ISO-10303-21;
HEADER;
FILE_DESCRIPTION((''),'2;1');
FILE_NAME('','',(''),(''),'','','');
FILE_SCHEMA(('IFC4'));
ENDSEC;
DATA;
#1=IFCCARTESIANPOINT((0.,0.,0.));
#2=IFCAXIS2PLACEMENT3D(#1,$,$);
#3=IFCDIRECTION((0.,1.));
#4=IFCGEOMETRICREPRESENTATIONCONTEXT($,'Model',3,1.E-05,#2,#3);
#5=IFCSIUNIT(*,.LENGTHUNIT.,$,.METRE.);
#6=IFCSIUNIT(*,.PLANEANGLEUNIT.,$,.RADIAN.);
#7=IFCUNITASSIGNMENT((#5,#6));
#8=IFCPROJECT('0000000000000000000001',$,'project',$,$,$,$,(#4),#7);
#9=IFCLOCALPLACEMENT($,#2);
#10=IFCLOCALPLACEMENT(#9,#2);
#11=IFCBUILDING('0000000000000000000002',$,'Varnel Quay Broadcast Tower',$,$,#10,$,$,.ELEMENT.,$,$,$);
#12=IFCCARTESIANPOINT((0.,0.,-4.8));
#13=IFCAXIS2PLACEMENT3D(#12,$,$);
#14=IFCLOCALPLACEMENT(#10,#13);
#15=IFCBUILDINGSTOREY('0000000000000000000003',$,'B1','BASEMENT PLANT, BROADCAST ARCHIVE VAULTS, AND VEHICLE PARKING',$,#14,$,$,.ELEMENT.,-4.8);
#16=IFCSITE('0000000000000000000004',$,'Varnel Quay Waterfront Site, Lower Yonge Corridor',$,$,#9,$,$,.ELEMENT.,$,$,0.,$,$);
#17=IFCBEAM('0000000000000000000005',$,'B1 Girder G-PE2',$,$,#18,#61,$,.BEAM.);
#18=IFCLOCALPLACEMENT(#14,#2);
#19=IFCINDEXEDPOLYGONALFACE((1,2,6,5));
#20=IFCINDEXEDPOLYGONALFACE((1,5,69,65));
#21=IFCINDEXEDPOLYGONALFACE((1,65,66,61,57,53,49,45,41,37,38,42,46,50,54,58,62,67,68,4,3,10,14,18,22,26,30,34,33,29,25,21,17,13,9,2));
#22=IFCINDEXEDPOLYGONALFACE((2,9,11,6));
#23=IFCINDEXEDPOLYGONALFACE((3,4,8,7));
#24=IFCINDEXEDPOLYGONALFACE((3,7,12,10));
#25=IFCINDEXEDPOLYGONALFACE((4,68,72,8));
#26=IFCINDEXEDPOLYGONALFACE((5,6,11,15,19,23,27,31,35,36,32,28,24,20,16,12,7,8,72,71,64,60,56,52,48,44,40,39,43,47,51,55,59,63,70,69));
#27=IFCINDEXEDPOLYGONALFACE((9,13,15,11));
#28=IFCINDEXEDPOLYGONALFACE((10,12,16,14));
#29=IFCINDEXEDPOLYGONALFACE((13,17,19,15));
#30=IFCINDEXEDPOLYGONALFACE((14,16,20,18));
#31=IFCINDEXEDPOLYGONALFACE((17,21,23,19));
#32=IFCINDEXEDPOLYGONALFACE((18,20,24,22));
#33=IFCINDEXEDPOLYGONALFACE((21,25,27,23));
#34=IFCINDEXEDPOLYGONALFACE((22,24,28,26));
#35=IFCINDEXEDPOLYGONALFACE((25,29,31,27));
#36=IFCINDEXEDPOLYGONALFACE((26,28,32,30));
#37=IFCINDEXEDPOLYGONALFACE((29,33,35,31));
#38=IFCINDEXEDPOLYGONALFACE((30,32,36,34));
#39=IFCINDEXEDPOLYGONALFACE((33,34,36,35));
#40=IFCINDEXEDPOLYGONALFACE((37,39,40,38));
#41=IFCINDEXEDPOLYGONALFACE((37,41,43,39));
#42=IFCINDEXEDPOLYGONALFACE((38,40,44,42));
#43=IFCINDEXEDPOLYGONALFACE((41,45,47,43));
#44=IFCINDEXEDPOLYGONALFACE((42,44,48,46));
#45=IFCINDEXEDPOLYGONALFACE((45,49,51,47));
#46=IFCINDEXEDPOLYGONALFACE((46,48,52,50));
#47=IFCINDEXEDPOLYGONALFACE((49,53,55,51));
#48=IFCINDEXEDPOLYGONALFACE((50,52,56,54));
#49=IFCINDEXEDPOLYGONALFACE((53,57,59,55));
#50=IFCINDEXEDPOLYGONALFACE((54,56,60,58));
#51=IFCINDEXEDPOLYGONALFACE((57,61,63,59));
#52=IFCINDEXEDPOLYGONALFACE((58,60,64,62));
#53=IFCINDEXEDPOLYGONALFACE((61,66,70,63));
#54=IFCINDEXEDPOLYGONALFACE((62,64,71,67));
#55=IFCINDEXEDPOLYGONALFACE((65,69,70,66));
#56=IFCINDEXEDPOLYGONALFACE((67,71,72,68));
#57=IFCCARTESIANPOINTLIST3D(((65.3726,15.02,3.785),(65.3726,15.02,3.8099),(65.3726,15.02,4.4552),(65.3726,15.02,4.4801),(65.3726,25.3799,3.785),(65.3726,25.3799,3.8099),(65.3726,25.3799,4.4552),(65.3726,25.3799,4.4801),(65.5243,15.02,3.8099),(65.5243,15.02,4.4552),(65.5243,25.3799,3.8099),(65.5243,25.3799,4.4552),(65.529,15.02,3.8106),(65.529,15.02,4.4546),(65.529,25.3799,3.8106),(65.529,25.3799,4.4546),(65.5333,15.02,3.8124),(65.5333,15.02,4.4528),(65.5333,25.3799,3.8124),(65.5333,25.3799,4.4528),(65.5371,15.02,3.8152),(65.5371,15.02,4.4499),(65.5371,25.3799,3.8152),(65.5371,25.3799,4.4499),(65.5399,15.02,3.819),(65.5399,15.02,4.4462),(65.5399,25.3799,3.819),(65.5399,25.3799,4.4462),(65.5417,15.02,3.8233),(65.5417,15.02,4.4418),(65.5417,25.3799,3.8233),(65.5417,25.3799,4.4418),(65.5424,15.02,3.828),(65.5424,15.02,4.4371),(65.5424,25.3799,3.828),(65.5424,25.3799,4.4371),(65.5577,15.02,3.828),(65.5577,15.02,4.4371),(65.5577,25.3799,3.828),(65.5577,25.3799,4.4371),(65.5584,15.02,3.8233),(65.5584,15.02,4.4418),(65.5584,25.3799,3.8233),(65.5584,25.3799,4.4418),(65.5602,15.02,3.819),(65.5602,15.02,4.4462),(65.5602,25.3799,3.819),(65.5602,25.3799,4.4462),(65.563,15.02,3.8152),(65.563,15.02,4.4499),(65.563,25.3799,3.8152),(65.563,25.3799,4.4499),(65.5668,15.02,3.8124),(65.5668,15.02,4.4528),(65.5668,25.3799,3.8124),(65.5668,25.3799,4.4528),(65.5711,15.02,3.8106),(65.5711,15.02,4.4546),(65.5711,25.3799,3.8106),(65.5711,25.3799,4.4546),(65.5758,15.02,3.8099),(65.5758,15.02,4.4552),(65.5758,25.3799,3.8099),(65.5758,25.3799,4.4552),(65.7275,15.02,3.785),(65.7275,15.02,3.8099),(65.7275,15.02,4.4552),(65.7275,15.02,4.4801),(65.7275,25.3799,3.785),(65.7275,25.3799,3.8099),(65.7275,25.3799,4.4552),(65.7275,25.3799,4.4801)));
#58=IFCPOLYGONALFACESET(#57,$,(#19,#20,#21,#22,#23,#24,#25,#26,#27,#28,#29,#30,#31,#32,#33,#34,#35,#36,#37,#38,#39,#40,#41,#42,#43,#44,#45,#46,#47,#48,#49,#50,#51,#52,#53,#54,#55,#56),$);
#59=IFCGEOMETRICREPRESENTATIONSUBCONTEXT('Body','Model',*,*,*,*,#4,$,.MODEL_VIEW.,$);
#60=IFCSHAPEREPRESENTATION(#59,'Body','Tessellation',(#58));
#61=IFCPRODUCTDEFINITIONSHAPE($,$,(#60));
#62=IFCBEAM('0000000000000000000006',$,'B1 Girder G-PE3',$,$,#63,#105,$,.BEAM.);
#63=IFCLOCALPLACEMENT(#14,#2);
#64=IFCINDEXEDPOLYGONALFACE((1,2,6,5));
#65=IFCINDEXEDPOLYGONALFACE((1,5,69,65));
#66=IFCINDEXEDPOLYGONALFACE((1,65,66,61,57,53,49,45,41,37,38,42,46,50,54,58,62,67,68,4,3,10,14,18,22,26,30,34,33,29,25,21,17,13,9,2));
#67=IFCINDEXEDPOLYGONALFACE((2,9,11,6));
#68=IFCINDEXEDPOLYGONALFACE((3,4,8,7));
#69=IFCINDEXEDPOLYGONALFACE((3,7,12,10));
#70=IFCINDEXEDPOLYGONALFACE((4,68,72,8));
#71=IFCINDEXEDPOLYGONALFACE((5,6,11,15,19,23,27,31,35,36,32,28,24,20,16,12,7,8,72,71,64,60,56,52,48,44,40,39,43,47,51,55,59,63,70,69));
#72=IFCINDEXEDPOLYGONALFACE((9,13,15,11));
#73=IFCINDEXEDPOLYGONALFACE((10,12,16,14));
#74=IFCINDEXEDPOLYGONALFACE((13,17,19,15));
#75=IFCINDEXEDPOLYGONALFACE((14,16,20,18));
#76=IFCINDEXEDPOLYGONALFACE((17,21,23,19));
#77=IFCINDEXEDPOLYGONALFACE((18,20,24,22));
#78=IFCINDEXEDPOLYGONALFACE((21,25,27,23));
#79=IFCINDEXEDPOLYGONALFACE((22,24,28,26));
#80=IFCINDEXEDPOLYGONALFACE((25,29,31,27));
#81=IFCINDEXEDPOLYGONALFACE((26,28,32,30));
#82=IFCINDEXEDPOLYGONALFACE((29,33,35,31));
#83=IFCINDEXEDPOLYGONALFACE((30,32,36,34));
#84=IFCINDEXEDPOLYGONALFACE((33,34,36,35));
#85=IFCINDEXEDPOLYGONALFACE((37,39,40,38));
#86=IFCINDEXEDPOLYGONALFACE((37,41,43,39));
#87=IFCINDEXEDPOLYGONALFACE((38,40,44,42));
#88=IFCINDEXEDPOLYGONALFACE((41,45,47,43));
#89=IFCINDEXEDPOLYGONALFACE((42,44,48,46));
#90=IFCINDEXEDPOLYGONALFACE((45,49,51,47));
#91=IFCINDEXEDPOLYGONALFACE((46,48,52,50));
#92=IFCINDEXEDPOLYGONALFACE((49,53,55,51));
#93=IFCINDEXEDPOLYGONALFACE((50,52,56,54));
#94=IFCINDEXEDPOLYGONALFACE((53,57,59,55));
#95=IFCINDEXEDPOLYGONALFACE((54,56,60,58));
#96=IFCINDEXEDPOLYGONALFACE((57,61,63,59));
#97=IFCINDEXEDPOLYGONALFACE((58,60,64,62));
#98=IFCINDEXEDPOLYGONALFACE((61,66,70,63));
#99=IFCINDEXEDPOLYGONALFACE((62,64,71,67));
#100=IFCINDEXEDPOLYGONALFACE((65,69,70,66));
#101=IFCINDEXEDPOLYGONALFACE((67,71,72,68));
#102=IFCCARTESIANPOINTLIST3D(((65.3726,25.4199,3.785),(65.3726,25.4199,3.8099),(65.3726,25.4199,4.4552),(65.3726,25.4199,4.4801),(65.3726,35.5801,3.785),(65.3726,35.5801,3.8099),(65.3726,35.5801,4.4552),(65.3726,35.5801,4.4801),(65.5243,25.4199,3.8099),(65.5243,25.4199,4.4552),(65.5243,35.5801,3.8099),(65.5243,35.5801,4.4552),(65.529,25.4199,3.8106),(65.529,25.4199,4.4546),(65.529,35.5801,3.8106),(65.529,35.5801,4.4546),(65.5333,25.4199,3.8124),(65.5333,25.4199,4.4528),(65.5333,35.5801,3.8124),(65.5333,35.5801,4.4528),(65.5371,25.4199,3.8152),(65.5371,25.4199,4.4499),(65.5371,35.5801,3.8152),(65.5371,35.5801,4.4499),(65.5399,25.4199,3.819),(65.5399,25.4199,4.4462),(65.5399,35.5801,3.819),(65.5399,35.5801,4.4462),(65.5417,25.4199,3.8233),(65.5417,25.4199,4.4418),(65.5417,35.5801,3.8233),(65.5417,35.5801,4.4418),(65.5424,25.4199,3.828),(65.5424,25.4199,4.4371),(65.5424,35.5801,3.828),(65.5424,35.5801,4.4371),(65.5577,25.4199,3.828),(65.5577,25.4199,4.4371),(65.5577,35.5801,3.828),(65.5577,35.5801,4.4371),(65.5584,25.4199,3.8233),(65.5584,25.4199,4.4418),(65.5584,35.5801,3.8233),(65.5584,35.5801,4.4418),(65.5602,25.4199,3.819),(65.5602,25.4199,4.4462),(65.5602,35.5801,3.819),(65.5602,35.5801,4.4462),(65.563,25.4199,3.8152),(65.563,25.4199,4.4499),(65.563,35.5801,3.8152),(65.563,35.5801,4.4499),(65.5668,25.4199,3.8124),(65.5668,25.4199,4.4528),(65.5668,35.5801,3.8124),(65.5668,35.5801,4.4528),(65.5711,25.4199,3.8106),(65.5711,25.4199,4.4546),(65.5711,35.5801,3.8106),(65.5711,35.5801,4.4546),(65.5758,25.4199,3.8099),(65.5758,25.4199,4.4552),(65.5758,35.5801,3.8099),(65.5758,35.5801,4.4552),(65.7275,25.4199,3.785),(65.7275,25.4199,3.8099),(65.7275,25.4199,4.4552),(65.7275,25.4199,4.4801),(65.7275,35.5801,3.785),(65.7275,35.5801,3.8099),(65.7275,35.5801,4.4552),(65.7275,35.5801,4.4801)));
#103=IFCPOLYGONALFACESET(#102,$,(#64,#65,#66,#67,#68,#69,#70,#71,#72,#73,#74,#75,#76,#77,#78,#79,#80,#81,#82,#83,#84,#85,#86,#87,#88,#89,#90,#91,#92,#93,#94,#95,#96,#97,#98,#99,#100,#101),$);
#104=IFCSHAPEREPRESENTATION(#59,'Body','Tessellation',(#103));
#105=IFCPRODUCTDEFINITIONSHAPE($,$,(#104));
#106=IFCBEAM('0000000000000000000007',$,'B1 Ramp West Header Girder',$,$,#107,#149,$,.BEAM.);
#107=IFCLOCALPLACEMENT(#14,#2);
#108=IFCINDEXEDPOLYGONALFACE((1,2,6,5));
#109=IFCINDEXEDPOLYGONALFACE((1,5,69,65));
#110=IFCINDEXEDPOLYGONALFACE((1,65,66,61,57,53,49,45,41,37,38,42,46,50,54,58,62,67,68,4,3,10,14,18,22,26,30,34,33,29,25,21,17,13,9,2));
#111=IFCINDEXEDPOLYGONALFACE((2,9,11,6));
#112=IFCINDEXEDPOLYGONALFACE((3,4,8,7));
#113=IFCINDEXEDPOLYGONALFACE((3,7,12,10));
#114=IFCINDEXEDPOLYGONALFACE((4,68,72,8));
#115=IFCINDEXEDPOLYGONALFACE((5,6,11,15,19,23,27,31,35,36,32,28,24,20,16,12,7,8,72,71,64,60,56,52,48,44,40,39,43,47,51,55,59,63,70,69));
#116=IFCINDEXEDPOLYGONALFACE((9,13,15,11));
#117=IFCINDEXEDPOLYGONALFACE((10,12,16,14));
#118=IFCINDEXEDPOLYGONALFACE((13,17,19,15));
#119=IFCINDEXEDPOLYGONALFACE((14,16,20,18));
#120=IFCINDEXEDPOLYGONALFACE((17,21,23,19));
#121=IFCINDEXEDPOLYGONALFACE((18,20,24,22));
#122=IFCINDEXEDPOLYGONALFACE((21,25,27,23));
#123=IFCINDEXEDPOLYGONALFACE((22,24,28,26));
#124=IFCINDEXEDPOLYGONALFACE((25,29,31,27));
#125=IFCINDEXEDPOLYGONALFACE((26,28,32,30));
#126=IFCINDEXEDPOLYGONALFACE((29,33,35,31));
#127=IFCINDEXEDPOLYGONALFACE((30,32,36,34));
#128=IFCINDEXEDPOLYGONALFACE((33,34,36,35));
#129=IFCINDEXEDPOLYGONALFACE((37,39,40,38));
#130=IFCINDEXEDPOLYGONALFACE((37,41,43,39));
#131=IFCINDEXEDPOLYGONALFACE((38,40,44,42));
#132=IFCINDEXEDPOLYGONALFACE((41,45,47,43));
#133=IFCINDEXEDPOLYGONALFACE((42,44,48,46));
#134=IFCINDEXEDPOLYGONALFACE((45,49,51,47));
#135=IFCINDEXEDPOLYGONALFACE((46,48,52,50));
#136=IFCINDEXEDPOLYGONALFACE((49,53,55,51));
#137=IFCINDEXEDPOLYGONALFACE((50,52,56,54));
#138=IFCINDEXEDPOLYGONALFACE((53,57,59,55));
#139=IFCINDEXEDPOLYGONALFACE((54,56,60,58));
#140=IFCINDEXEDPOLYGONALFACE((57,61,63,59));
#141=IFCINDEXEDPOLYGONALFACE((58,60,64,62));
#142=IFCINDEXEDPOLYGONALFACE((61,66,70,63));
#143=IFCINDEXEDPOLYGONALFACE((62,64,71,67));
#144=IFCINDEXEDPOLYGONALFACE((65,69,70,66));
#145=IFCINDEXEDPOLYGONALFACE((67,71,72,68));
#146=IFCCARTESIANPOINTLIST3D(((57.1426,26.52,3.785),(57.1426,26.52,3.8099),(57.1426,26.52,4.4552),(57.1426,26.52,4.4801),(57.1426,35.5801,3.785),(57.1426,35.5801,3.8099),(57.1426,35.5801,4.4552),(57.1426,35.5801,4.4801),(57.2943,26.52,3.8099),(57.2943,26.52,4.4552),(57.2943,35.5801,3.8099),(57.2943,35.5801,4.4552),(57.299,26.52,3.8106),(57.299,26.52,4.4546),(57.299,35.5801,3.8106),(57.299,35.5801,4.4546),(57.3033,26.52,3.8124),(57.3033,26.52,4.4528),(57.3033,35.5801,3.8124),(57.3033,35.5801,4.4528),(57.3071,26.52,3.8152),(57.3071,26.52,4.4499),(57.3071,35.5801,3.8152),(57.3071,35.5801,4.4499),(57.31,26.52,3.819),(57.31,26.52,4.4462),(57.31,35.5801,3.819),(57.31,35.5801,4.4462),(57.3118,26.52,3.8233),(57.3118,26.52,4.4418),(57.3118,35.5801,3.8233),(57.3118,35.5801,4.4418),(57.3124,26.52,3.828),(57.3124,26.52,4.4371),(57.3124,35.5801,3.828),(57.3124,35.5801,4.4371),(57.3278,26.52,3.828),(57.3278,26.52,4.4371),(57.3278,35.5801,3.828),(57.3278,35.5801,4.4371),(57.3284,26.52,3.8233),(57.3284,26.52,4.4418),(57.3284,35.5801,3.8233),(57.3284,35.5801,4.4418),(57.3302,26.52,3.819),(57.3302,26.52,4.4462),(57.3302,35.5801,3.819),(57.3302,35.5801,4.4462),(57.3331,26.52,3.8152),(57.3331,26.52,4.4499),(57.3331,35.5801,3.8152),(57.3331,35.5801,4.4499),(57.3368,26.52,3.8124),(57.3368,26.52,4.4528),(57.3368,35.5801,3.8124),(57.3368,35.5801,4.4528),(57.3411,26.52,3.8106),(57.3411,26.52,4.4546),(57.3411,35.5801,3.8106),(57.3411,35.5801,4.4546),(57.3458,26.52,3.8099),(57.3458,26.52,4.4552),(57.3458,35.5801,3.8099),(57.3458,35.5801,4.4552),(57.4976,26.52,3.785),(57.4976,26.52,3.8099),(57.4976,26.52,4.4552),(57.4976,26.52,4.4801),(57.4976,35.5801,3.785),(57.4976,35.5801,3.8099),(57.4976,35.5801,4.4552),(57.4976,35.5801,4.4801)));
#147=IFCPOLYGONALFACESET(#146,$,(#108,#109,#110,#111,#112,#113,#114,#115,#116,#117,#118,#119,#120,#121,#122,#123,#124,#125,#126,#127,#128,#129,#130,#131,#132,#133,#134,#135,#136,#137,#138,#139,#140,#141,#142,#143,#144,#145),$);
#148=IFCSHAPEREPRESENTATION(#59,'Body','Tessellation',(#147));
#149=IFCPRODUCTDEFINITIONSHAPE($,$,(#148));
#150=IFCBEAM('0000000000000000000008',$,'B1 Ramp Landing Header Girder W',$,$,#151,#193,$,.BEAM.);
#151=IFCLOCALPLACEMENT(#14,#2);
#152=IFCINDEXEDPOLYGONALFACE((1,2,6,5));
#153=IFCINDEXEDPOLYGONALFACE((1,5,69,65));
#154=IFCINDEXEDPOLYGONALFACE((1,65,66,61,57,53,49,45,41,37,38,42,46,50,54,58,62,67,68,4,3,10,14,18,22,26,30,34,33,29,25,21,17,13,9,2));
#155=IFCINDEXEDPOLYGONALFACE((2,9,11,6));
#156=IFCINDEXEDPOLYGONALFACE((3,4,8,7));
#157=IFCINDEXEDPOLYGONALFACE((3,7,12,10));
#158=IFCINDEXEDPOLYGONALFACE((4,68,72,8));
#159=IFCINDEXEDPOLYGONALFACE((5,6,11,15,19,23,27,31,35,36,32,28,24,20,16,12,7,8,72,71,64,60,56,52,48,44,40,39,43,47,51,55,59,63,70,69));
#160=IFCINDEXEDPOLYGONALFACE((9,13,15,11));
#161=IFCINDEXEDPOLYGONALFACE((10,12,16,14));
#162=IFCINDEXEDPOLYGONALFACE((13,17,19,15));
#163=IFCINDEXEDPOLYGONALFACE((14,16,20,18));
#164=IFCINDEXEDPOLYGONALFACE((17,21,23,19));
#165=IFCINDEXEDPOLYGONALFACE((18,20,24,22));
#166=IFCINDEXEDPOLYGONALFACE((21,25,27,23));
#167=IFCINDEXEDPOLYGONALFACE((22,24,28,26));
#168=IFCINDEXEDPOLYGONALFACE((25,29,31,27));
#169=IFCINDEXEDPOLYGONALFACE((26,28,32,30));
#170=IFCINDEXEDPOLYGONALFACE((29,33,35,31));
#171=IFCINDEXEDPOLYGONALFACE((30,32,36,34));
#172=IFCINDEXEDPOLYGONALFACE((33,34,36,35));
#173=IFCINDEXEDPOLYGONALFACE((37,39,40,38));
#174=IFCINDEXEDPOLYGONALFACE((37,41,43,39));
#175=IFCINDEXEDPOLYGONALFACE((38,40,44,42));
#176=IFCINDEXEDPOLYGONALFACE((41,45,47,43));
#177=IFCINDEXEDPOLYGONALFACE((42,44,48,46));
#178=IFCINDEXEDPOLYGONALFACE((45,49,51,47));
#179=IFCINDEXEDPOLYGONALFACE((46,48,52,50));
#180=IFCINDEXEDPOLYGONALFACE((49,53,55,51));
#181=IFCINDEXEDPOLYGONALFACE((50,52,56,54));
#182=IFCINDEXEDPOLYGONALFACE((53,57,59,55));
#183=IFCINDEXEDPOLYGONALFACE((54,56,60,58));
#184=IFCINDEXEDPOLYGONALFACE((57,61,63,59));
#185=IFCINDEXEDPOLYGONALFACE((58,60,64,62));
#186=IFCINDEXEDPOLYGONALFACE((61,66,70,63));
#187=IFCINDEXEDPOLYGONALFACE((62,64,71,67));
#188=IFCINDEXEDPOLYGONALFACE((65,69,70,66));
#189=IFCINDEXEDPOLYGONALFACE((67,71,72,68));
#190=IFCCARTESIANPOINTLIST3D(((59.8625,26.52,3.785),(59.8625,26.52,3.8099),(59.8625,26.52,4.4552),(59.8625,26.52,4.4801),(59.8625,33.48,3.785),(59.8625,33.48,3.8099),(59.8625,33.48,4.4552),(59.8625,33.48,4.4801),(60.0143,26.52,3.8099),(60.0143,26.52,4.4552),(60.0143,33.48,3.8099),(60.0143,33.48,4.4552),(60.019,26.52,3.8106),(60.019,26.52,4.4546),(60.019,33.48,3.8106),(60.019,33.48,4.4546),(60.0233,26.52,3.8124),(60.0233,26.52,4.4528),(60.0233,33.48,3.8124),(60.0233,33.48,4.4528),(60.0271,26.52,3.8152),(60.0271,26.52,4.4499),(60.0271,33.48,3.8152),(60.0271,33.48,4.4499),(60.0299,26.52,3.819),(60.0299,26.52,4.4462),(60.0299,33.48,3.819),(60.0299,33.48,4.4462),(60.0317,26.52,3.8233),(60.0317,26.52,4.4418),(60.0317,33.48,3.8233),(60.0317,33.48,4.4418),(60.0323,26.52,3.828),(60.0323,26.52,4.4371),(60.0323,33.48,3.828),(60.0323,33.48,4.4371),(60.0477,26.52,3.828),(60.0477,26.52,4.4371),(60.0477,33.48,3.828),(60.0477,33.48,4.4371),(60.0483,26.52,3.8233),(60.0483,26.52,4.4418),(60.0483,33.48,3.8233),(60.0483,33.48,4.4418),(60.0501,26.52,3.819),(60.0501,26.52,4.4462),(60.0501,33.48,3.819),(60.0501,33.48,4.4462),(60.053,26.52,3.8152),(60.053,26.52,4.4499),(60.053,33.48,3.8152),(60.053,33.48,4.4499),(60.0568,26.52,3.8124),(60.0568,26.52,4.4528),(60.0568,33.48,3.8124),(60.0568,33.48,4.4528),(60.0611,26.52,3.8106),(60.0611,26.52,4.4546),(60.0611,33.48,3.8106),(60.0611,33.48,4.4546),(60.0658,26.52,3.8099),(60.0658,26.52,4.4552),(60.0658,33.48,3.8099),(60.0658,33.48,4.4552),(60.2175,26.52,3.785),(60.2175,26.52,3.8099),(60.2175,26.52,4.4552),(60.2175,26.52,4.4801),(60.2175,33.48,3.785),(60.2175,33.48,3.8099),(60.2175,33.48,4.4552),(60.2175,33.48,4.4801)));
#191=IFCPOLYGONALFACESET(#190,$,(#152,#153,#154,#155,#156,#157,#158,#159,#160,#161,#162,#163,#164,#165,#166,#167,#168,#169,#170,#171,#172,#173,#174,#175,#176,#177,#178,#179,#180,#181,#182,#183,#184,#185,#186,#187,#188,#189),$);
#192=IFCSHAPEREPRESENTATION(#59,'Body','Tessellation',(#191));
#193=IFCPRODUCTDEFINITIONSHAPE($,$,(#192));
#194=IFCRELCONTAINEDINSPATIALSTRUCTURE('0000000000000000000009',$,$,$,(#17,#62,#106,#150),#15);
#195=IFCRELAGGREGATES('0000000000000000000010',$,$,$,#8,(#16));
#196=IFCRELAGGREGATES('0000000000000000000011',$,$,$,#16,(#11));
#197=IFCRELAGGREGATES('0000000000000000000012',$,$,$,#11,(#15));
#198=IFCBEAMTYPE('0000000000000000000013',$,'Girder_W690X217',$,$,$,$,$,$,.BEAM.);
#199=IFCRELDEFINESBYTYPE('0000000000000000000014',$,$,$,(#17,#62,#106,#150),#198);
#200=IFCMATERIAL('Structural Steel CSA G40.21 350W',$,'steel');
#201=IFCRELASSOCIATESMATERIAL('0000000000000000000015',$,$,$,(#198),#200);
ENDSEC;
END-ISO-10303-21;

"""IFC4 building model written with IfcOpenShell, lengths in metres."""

from ifc_helpers import new_model, si_unit, direction, frame, origin, origin_2d, place, context, subcontext, project, spatial, i_section, extrude, source, transform, mapped, material, material_profile, profile_set, type_object, element, save


model = new_model("IFC4")

# Units and contexts
model_context = context("Model", 3, precision=1e-05, world=origin(), true_north=direction((0.0, 1.0)))
body_context = subcontext(model_context, "Body", "Model", "MODEL_VIEW")
ifc_project = project(units=[si_unit("LENGTHUNIT", "METRE"), si_unit("PLANEANGLEUNIT", "RADIAN")], contexts=[model_context])

# Site, building, storey
site_placement = place(None, origin())
site = spatial("IfcSite", under=ifc_project, at=site_placement, Name="Varnel Quay Waterfront Site, Lower Yonge Corridor", CompositionType="ELEMENT", RefElevation=0.0)
building_placement = place(site_placement, origin())
building = spatial("IfcBuilding", under=site, at=building_placement, Name="Varnel Quay Broadcast Tower", CompositionType="ELEMENT")
storey_placement = place(building_placement, frame((0.0, 0.0, -4.8)))
storey = spatial("IfcBuildingStorey", under=building, at=storey_placement, Name="B1", Description="BASEMENT PLANT, BROADCAST ARCHIVE VAULTS, AND VEHICLE PARKING", CompositionType="ELEMENT", Elevation=-4.8)

# Beams
ifc_material_1 = material(Name="Structural Steel CSA G40.21 350W", Category="steel")
ifc_material_profile_1 = material_profile(ifc_material_1, i_section(OverallWidth=0.355, OverallDepth=0.6951, WebThickness=0.0154, FlangeThickness=0.0249, FilletRadius=0.0181, at=origin_2d()), Name="W690X217")
ifc_profile_set_1 = profile_set([ifc_material_profile_1], Name="Structural Steel CSA G40.21 350W")
beam_type_1 = type_object("IfcBeamType", Name="Girder_W690X217", PredefinedType="BEAM", material=ifc_profile_set_1)
shared_shape_1 = source(origin(), body_context, "Body", "SweptSolid", [
    extrude(i_section(OverallWidth=0.355, OverallDepth=0.6951, WebThickness=0.0154, FlangeThickness=0.0249, FilletRadius=0.0181, at=origin_2d()), origin(), (0.0, 0.0, 1.0), 10.3599),
])
beam_1_placement = place(storey_placement, frame((65.55, 15.02, 4.1326), z_axis=(0.0, 1.0, 0.0), x_axis=(-1.0, 0.0, 0.0)))
element("IfcBeam", 1, at=beam_1_placement, inside=storey, type_object=beam_type_1, Name="B1 Girder G-PE2", PredefinedType="BEAM", context=body_context, shape_type="MappedRepresentation", body=[
    mapped(shared_shape_1, transform((0.0, 0.0, 0.0), x_axis=(1.0, 0.0, 0.0), y_axis=(0.0, 1.0, 0.0), z_axis=(0.0, 0.0, 1.0), scale=1.0)),
])
shared_shape_2 = source(origin(), body_context, "Body", "SweptSolid", [
    extrude(i_section(OverallWidth=0.355, OverallDepth=0.6951, WebThickness=0.0154, FlangeThickness=0.0249, FilletRadius=0.0181, at=origin_2d()), origin(), (0.0, 0.0, 1.0), 10.1602),
])
beam_2_placement = place(storey_placement, frame((65.55, 25.4199, 4.1326), z_axis=(0.0, 1.0, 0.0), x_axis=(-1.0, 0.0, 0.0)))
element("IfcBeam", 2, at=beam_2_placement, inside=storey, type_object=beam_type_1, Name="B1 Girder G-PE3", PredefinedType="BEAM", context=body_context, shape_type="MappedRepresentation", body=[
    mapped(shared_shape_2, transform((0.0, 0.0, 0.0), x_axis=(1.0, 0.0, 0.0), y_axis=(0.0, 1.0, 0.0), z_axis=(0.0, 0.0, 1.0), scale=1.0)),
])
shared_shape_3 = source(origin(), body_context, "Body", "SweptSolid", [
    extrude(i_section(OverallWidth=0.355, OverallDepth=0.6951, WebThickness=0.0154, FlangeThickness=0.0249, FilletRadius=0.0181, at=origin_2d()), origin(), (0.0, 0.0, 1.0), 9.0601),
])
beam_3_placement = place(storey_placement, frame((57.3201, 26.52, 4.1326), z_axis=(0.0, 1.0, 0.0), x_axis=(-1.0, 0.0, 0.0)))
element("IfcBeam", 3, at=beam_3_placement, inside=storey, type_object=beam_type_1, Name="B1 Ramp West Header Girder", PredefinedType="BEAM", context=body_context, shape_type="MappedRepresentation", body=[
    mapped(shared_shape_3, transform((0.0, 0.0, 0.0), x_axis=(1.0, 0.0, 0.0), y_axis=(0.0, 1.0, 0.0), z_axis=(0.0, 0.0, 1.0), scale=1.0)),
])
shared_shape_4 = source(origin(), body_context, "Body", "SweptSolid", [
    extrude(i_section(OverallWidth=0.355, OverallDepth=0.6951, WebThickness=0.0154, FlangeThickness=0.0249, FilletRadius=0.0181, at=origin_2d()), origin(), (0.0, 0.0, 1.0), 6.96),
])
beam_4_placement = place(storey_placement, frame((60.04, 26.52, 4.1326), z_axis=(0.0, 1.0, 0.0), x_axis=(-1.0, 0.0, 0.0)))
element("IfcBeam", 4, at=beam_4_placement, inside=storey, type_object=beam_type_1, Name="B1 Ramp Landing Header Girder W", PredefinedType="BEAM", context=body_context, shape_type="MappedRepresentation", body=[
    mapped(shared_shape_4, transform((0.0, 0.0, 0.0), x_axis=(1.0, 0.0, 0.0), y_axis=(0.0, 1.0, 0.0), z_axis=(0.0, 0.0, 1.0), scale=1.0)),
])

save(model, "model.ifc")
